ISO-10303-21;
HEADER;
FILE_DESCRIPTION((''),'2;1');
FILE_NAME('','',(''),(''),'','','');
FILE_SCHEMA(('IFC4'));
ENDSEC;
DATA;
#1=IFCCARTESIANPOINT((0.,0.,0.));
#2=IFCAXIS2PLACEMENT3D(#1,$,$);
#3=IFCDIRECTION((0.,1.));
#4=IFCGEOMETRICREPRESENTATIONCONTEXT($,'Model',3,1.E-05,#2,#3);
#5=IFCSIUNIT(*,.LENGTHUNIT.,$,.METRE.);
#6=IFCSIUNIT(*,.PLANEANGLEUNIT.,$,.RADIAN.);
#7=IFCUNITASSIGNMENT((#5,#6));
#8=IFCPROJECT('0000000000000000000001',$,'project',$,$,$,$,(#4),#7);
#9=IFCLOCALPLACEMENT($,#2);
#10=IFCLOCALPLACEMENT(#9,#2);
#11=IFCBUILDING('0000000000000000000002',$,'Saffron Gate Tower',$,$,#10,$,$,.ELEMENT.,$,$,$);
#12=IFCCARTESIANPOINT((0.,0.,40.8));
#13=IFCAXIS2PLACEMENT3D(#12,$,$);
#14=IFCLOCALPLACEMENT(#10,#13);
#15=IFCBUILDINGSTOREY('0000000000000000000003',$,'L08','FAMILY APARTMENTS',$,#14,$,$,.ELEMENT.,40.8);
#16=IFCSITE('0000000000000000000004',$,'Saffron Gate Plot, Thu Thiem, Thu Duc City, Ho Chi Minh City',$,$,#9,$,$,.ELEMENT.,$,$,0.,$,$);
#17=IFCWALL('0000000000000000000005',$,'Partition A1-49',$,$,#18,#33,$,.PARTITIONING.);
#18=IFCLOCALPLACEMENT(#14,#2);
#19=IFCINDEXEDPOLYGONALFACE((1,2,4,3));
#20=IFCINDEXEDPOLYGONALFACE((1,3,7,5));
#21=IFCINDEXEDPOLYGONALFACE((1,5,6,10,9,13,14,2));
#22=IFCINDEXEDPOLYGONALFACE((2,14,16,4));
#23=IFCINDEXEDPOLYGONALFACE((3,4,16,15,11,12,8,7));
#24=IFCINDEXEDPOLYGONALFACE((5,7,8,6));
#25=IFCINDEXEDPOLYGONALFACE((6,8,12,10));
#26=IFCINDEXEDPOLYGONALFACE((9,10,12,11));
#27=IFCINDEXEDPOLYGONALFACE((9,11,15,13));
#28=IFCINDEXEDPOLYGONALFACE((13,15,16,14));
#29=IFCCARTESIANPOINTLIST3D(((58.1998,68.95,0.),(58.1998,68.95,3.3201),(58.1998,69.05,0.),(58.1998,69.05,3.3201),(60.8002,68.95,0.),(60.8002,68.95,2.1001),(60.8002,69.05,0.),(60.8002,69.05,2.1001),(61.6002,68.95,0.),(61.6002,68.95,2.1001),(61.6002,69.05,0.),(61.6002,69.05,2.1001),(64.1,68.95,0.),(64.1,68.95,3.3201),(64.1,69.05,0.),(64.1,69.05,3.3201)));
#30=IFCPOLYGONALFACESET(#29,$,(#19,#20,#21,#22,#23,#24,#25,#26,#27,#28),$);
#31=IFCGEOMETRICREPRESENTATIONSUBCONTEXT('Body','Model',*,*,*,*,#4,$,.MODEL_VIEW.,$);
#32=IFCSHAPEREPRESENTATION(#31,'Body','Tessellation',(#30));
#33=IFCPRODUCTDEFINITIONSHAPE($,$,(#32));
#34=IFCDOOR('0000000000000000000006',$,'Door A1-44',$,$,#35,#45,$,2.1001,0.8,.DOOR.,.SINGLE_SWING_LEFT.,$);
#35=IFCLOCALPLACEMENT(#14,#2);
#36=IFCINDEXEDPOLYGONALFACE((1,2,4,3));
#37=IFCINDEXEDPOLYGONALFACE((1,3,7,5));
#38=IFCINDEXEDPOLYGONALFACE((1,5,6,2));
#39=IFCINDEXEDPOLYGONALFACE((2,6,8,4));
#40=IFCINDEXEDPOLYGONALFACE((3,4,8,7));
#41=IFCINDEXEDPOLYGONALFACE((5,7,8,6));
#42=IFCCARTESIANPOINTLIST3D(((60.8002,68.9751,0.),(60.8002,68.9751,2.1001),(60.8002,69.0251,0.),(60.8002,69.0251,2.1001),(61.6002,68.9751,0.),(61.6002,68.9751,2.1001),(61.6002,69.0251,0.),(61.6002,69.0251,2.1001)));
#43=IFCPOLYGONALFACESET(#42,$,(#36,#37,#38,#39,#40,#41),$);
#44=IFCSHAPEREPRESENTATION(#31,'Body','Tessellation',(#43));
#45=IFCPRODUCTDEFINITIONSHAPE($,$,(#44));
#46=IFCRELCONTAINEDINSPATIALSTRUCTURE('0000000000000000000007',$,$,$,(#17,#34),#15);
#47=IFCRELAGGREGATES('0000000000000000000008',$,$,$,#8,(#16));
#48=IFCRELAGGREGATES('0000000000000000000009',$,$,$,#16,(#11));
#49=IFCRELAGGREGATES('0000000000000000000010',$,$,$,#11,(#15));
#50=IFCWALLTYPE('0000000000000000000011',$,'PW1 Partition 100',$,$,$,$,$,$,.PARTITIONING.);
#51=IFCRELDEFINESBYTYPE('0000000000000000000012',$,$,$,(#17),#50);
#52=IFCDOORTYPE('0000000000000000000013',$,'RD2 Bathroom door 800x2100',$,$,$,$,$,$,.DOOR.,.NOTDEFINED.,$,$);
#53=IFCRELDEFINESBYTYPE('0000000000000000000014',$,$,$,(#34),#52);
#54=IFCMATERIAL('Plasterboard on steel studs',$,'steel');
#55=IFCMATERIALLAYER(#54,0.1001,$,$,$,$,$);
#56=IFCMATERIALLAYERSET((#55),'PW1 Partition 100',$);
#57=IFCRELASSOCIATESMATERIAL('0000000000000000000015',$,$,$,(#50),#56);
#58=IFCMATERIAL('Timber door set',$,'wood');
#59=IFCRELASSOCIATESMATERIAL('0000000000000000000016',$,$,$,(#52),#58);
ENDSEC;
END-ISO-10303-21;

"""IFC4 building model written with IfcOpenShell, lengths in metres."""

from ifc_helpers import new_model, si_unit, direction, frame, frame_2d, origin, place, context, subcontext, project, spatial, rectangle, extrude, material, layer, layer_set, type_object, element, fill, save


model = new_model("IFC4")

# Units and contexts
model_context = context("Model", 3, precision=1e-05, world=origin(), true_north=direction((0.0, 1.0)))
body_context = subcontext(model_context, "Body", "Model", "MODEL_VIEW")
ifc_project = project(units=[si_unit("LENGTHUNIT", "METRE"), si_unit("PLANEANGLEUNIT", "RADIAN")], contexts=[model_context])

# Site, building, storey
site_placement = place(None, origin())
site = spatial("IfcSite", under=ifc_project, at=site_placement, Name="Saffron Gate Plot, Thu Thiem, Thu Duc City, Ho Chi Minh City", CompositionType="ELEMENT", RefElevation=0.0)
building_placement = place(site_placement, origin())
building = spatial("IfcBuilding", under=site, at=building_placement, Name="Saffron Gate Tower", CompositionType="ELEMENT")
storey_placement = place(building_placement, frame((0.0, 0.0, 40.8)))
storey = spatial("IfcBuildingStorey", under=building, at=storey_placement, Name="L08", Description="FAMILY APARTMENTS", CompositionType="ELEMENT", Elevation=40.8)

# Wall, opening, door
ifc_material_1 = material(Name="Plasterboard on steel studs", Category="steel")
ifc_layer_1 = layer(ifc_material_1, 0.1001)
ifc_layer_set_1 = layer_set([ifc_layer_1], Name="PW1 Partition 100")
wall_type_1 = type_object("IfcWallType", Name="PW1 Partition 100", PredefinedType="PARTITIONING", material=ifc_layer_set_1)
wall_1_placement = place(storey_placement, frame((64.1001, 69.0, 0.0), z_axis=(0.0, 0.0, 1.0), x_axis=(-1.0, 0.0, 0.0)))
wall_1 = element("IfcWall", 1, at=wall_1_placement, inside=storey, type_object=wall_type_1, Name="Partition A1-49", PredefinedType="PARTITIONING", context=body_context, shape_type="SweptSolid", body=[
    extrude(rectangle(XDim=5.9001, YDim=0.1001, at=frame_2d((2.9502, 0.0))), origin(), (0.0, 0.0, 1.0), 3.3201),
])
opening_1_placement = place(wall_1_placement, frame((2.5, 0.0, 0.0)))
opening_1 = element("IfcOpeningElement", 2, at=opening_1_placement, cuts=wall_1, PredefinedType="OPENING", context=body_context, shape_type="SweptSolid", body=[
    extrude(rectangle(XDim=0.8, YDim=2.1001, at=frame_2d((0.3999, 1.05))), frame((0.0, 0.0601, 0.0), z_axis=(0.0, -1.0, 0.0), x_axis=(1.0, 0.0, 0.0)), (0.0, 0.0, 1.0), 0.1201),
])
ifc_material_2 = material(Name="Timber door set", Category="wood")
door_type_1 = type_object("IfcDoorType", Name="RD2 Bathroom door 800x2100", OperationType="NOTDEFINED", PredefinedType="DOOR", material=ifc_material_2)
door_1_placement = place(opening_1_placement, origin())
door_1 = element("IfcDoor", 3, at=door_1_placement, inside=storey, type_object=door_type_1, Name="Door A1-44", OperationType="SINGLE_SWING_LEFT", OverallHeight=2.1001, OverallWidth=0.8, PredefinedType="DOOR", context=body_context, shape_type="SweptSolid", body=[
    extrude(rectangle(XDim=0.8, YDim=2.1001, at=frame_2d((0.3999, 1.05))), frame((0.0, 0.0249, 0.0), z_axis=(0.0, -1.0, 0.0), x_axis=(1.0, 0.0, 0.0)), (0.0, 0.0, 1.0), 0.05),
])
fill(opening_1, door_1)

save(model, "model.ifc")
